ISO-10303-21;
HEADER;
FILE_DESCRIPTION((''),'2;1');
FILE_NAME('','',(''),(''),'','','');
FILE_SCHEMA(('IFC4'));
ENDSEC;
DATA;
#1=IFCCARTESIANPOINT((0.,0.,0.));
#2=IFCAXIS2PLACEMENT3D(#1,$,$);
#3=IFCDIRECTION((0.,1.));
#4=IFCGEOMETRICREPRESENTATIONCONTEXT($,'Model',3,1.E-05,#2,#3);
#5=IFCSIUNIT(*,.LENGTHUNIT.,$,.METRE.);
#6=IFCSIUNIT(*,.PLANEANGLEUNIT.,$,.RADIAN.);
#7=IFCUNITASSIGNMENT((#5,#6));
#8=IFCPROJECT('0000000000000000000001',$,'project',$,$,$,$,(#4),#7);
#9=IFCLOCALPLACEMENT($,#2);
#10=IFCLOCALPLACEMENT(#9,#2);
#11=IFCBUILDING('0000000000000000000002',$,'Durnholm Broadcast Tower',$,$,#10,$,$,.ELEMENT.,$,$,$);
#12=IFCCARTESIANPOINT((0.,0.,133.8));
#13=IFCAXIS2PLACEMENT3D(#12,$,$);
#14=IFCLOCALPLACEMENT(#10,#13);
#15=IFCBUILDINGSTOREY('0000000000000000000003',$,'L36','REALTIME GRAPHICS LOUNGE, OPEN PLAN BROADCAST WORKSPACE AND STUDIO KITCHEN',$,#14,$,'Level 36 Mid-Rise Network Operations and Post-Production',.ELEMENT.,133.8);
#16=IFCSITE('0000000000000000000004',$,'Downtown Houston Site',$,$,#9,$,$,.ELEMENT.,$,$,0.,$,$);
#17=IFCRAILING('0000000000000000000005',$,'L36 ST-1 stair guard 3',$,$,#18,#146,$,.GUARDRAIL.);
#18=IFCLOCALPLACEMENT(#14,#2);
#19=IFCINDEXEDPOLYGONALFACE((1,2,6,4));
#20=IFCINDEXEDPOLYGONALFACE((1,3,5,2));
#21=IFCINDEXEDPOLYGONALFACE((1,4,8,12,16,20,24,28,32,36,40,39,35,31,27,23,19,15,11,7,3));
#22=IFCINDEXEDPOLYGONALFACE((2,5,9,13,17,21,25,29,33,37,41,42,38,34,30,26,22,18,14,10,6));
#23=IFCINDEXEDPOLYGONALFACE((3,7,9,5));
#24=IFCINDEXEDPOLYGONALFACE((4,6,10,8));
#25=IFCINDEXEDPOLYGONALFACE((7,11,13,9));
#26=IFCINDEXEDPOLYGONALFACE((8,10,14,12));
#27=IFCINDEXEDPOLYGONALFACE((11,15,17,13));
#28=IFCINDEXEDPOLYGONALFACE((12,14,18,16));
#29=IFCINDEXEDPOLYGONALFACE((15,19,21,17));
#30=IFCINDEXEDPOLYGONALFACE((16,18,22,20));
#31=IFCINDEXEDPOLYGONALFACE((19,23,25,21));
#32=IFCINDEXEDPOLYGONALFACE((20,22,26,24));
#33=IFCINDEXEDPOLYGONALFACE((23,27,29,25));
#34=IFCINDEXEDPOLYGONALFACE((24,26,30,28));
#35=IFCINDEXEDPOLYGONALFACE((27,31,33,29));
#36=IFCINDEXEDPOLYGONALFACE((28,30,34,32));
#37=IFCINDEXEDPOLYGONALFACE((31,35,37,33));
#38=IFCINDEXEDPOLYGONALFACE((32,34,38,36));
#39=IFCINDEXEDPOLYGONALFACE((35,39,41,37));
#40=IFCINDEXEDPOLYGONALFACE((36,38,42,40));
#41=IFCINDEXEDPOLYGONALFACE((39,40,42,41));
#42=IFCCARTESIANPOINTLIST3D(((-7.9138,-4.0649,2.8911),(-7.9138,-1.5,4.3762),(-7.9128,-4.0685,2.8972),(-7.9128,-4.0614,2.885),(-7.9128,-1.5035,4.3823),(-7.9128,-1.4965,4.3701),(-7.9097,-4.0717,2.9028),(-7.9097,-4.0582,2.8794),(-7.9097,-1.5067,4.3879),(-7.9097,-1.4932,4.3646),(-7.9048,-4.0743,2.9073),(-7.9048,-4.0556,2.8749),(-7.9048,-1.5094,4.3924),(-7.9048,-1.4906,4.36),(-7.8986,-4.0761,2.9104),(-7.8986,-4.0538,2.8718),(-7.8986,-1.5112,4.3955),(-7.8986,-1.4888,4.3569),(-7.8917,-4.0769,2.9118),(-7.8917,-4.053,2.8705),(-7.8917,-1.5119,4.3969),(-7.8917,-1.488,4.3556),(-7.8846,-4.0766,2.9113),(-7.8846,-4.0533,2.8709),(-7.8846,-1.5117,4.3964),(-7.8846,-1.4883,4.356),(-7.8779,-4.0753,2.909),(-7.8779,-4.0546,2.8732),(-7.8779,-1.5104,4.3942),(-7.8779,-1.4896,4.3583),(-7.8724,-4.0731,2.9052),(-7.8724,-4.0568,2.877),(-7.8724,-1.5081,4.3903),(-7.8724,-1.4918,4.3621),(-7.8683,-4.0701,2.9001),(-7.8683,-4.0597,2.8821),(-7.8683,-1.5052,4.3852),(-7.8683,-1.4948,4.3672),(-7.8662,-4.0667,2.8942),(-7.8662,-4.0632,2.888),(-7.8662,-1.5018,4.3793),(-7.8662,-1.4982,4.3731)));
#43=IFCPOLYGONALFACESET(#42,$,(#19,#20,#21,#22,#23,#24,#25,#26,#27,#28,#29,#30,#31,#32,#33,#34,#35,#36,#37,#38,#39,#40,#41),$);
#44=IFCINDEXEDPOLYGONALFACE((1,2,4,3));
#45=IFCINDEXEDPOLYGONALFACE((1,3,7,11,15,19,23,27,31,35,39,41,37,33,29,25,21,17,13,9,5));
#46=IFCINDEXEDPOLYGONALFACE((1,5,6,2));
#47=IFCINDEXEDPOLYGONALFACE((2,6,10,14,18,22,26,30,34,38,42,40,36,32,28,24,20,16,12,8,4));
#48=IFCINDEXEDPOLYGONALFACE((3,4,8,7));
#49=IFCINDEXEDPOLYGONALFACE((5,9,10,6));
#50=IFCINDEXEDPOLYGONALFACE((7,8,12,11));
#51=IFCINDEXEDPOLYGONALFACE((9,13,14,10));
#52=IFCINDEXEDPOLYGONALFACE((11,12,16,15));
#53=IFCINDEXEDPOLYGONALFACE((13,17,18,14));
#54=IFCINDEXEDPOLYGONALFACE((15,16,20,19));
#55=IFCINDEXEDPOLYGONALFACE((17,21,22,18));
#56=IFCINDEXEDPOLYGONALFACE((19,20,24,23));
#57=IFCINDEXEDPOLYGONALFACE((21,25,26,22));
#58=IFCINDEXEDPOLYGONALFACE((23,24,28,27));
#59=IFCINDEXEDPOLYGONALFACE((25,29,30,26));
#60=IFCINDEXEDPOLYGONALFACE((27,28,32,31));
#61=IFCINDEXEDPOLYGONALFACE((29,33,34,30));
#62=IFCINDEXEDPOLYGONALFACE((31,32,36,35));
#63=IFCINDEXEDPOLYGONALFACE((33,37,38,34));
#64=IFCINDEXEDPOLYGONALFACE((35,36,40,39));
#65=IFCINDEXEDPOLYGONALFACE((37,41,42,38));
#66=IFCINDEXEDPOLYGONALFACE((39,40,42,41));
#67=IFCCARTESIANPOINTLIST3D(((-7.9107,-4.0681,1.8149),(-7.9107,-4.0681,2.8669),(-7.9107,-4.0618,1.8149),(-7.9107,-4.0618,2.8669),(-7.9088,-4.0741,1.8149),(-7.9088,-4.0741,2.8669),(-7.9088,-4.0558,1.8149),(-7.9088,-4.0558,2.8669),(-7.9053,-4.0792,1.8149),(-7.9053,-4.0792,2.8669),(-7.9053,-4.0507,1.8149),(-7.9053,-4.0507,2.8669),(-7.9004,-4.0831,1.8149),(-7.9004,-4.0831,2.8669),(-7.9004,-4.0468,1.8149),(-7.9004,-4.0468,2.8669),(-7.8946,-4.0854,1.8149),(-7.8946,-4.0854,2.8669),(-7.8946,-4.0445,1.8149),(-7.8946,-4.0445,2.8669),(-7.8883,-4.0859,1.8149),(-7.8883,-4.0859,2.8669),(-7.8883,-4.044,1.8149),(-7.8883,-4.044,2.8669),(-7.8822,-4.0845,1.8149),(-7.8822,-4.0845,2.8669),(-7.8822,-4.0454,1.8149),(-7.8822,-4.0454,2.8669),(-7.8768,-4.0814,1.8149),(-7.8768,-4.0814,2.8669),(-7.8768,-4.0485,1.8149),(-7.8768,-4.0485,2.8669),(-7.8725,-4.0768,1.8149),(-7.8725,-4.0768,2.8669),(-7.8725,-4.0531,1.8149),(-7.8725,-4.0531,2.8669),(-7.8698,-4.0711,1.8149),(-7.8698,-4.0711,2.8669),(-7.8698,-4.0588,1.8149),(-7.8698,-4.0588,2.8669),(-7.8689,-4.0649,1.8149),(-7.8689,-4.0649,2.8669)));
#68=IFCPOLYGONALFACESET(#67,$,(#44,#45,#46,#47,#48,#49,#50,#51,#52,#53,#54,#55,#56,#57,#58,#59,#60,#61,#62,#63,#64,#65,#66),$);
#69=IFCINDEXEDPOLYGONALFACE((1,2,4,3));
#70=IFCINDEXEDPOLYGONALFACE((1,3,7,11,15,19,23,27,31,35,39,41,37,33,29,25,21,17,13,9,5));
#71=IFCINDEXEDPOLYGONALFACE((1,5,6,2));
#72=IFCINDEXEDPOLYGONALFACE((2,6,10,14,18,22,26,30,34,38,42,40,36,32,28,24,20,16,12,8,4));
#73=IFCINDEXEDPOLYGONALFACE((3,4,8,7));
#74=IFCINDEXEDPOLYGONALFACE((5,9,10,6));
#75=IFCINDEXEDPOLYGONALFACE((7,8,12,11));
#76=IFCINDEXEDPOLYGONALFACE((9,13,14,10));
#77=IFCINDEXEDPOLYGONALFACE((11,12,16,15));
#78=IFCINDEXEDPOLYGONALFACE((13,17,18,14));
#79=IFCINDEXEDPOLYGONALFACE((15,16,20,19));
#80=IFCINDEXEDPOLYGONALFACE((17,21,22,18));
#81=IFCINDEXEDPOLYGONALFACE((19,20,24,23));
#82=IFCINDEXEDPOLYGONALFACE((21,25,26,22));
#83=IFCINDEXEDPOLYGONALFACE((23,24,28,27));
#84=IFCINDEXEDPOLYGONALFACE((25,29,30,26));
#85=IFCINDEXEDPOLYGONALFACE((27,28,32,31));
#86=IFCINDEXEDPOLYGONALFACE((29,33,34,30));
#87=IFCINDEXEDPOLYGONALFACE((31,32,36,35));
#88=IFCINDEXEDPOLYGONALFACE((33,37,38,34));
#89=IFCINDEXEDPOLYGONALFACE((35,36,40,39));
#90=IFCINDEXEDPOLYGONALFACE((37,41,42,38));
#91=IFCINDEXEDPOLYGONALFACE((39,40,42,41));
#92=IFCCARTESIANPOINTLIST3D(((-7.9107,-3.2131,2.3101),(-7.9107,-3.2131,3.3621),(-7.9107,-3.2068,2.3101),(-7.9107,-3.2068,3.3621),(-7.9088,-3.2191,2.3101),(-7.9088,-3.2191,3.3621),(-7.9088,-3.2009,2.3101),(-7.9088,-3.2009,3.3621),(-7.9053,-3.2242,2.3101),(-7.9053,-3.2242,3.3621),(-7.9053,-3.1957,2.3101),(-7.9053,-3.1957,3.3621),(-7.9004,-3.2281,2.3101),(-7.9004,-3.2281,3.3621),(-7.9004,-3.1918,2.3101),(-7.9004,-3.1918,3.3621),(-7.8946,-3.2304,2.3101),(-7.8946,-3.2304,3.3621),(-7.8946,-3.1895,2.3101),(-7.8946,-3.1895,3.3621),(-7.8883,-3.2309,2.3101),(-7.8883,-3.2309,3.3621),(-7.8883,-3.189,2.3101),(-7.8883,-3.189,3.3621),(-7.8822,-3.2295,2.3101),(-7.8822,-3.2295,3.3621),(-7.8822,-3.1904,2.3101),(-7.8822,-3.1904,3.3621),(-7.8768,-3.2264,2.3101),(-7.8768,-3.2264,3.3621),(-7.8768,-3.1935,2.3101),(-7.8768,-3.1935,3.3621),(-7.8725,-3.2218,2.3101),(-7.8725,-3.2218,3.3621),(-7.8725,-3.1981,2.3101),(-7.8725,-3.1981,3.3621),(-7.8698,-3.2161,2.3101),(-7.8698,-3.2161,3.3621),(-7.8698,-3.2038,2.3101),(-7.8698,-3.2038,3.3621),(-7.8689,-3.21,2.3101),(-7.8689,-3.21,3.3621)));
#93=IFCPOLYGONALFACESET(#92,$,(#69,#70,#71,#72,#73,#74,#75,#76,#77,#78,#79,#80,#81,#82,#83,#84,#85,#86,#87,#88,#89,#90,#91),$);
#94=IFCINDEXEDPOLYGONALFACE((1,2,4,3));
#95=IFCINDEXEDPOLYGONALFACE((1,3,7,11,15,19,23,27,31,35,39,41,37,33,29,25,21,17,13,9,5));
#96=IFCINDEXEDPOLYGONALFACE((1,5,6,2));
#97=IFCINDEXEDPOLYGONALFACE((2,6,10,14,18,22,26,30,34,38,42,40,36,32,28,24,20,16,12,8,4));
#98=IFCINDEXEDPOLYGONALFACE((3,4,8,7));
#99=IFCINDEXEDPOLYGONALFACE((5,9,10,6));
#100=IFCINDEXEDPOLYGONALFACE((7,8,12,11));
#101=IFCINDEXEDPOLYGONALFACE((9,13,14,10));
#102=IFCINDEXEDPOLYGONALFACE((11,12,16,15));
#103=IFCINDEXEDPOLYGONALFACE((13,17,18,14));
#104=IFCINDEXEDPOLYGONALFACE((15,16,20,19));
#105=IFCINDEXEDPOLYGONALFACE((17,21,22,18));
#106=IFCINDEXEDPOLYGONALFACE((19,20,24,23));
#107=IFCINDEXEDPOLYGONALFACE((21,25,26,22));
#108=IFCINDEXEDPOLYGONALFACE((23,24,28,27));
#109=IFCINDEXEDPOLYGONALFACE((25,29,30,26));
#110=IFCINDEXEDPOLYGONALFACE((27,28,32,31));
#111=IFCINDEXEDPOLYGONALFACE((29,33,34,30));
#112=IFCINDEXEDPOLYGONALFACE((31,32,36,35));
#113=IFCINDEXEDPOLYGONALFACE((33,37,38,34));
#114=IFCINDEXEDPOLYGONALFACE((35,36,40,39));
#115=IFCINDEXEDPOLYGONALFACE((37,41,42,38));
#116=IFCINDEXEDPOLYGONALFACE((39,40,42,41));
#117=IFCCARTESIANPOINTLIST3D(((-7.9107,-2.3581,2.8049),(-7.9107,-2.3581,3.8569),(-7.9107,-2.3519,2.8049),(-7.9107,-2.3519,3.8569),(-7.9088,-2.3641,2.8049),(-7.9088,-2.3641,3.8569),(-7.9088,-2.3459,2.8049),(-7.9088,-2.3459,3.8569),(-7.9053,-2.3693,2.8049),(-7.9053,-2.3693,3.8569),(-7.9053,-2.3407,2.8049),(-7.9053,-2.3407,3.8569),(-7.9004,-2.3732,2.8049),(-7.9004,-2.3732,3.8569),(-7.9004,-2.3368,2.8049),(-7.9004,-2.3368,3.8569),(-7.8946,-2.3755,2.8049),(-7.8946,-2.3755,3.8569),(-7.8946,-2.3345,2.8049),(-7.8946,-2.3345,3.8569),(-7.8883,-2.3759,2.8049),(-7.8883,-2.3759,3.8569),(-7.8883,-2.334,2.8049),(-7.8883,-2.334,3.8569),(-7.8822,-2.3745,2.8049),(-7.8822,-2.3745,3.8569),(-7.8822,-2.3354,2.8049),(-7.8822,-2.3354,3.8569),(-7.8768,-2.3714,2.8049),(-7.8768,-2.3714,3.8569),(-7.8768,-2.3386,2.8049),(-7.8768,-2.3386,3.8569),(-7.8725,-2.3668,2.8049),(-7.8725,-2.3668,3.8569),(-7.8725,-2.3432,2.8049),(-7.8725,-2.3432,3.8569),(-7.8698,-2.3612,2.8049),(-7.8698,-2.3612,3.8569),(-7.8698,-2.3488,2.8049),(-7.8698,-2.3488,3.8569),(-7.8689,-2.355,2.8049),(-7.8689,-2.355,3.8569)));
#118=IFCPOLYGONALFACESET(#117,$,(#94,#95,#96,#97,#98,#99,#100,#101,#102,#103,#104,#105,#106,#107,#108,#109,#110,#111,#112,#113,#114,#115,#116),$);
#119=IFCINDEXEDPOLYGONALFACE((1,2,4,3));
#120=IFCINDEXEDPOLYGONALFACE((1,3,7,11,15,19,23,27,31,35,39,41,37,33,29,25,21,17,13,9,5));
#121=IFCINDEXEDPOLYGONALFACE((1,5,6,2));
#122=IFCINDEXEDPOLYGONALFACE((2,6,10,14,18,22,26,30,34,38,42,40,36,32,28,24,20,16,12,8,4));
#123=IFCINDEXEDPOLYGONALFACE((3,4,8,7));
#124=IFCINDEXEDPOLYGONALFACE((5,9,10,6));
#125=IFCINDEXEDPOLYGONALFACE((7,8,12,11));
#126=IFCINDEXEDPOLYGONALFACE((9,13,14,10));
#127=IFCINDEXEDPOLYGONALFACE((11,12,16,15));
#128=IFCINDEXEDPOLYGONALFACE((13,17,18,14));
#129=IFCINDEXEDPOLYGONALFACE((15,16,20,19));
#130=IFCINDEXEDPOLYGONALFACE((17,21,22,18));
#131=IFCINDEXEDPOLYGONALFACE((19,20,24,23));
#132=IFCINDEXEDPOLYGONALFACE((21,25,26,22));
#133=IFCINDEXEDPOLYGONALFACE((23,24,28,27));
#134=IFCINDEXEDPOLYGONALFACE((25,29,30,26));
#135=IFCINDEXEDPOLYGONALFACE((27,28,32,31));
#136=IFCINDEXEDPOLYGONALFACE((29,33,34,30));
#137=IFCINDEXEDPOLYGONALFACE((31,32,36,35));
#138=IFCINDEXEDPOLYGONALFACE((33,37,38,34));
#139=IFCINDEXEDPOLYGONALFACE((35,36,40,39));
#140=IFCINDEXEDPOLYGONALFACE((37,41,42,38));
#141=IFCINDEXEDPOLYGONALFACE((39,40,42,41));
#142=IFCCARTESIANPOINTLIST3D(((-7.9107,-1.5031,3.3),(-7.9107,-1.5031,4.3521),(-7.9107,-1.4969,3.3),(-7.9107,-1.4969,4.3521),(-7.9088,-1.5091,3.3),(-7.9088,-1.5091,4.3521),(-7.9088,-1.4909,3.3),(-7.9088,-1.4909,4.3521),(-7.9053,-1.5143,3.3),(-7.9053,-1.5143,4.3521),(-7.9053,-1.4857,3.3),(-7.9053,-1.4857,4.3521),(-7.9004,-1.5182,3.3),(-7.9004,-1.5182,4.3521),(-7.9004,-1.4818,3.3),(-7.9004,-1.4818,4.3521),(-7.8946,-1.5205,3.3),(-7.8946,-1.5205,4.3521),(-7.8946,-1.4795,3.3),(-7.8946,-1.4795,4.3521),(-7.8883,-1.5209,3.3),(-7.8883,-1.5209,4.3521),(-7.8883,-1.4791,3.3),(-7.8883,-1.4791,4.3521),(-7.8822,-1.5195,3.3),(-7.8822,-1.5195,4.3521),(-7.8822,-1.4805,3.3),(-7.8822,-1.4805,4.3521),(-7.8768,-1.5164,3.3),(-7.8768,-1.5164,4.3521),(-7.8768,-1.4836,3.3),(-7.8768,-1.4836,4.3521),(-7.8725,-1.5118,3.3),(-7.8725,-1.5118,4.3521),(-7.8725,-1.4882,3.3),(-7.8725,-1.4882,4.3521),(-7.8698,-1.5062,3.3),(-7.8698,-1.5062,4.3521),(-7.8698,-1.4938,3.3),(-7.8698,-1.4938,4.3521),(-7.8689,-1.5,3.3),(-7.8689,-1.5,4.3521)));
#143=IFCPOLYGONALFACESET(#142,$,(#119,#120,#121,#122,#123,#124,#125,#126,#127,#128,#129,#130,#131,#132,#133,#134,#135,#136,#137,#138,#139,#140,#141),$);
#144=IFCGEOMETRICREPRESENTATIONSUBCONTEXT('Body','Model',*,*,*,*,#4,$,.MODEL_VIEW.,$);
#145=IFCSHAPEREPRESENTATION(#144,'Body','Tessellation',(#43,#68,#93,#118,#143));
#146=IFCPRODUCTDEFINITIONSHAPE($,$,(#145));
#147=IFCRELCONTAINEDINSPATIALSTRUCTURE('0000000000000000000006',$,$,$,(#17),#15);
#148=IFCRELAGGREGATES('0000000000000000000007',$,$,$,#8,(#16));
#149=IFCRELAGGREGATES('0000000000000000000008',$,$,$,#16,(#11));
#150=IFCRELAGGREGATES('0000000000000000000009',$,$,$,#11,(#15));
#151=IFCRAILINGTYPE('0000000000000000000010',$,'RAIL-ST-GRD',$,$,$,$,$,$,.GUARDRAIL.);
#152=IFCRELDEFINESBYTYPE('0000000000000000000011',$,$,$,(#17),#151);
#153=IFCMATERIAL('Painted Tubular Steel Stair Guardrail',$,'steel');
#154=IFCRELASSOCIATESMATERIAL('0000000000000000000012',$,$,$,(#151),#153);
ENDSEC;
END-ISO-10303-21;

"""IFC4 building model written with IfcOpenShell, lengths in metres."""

from ifc_helpers import new_model, si_unit, direction, frame, origin, origin_2d, place, context, subcontext, project, spatial, circle, extrude, material, type_object, element, save


model = new_model("IFC4")

# Units and contexts
model_context = context("Model", 3, precision=1e-05, world=origin(), true_north=direction((0.0, 1.0)))
body_context = subcontext(model_context, "Body", "Model", "MODEL_VIEW")
ifc_project = project(units=[si_unit("LENGTHUNIT", "METRE"), si_unit("PLANEANGLEUNIT", "RADIAN")], contexts=[model_context])

# Site, building, storey
site_placement = place(None, origin())
site = spatial("IfcSite", under=ifc_project, at=site_placement, Name="Downtown Houston Site", CompositionType="ELEMENT", RefElevation=0.0)
building_placement = place(site_placement, origin())
building = spatial("IfcBuilding", under=site, at=building_placement, Name="Durnholm Broadcast Tower", CompositionType="ELEMENT")
storey_placement = place(building_placement, frame((0.0, 0.0, 133.8)))
storey = spatial("IfcBuildingStorey", under=building, at=storey_placement, Name="L36", Description="REALTIME GRAPHICS LOUNGE, OPEN PLAN BROADCAST WORKSPACE AND STUDIO KITCHEN", LongName="Level 36 Mid-Rise Network Operations and Post-Production", CompositionType="ELEMENT", Elevation=133.8)

# Railing
ifc_material_1 = material(Name="Painted Tubular Steel Stair Guardrail", Category="steel")
railing_type_1 = type_object("IfcRailingType", Name="RAIL-ST-GRD", PredefinedType="GUARDRAIL", material=ifc_material_1)
railing_1_placement = place(storey_placement, frame((-7.8899, -4.0649, 1.8149)))
element("IfcRailing", 1, at=railing_1_placement, inside=storey, type_object=railing_type_1, Name="L36 ST-1 stair guard 3", PredefinedType="GUARDRAIL", context=body_context, shape_type="SweptSolid", body=[
    extrude(circle(Radius=0.0239, at=origin_2d()), frame((0.0, 0.0, 1.0762), z_axis=(0.0, 0.865406, 0.501072), x_axis=(-1.0, 0.0, 0.0)), (0.0, 0.0, 1.0), 2.9639),
    extrude(circle(Radius=0.021, at=origin_2d()), origin(), (0.0, 0.0, 1.0), 1.052),
    extrude(circle(Radius=0.021, at=origin_2d()), frame((0.0, 0.855, 0.4951)), (0.0, 0.0, 1.0), 1.052),
    extrude(circle(Radius=0.021, at=origin_2d()), frame((0.0, 1.71, 0.99)), (0.0, 0.0, 1.0), 1.052),
    extrude(circle(Radius=0.021, at=origin_2d()), frame((0.0, 2.5649, 1.4851)), (0.0, 0.0, 1.0), 1.052),
])

save(model, "model.ifc")
